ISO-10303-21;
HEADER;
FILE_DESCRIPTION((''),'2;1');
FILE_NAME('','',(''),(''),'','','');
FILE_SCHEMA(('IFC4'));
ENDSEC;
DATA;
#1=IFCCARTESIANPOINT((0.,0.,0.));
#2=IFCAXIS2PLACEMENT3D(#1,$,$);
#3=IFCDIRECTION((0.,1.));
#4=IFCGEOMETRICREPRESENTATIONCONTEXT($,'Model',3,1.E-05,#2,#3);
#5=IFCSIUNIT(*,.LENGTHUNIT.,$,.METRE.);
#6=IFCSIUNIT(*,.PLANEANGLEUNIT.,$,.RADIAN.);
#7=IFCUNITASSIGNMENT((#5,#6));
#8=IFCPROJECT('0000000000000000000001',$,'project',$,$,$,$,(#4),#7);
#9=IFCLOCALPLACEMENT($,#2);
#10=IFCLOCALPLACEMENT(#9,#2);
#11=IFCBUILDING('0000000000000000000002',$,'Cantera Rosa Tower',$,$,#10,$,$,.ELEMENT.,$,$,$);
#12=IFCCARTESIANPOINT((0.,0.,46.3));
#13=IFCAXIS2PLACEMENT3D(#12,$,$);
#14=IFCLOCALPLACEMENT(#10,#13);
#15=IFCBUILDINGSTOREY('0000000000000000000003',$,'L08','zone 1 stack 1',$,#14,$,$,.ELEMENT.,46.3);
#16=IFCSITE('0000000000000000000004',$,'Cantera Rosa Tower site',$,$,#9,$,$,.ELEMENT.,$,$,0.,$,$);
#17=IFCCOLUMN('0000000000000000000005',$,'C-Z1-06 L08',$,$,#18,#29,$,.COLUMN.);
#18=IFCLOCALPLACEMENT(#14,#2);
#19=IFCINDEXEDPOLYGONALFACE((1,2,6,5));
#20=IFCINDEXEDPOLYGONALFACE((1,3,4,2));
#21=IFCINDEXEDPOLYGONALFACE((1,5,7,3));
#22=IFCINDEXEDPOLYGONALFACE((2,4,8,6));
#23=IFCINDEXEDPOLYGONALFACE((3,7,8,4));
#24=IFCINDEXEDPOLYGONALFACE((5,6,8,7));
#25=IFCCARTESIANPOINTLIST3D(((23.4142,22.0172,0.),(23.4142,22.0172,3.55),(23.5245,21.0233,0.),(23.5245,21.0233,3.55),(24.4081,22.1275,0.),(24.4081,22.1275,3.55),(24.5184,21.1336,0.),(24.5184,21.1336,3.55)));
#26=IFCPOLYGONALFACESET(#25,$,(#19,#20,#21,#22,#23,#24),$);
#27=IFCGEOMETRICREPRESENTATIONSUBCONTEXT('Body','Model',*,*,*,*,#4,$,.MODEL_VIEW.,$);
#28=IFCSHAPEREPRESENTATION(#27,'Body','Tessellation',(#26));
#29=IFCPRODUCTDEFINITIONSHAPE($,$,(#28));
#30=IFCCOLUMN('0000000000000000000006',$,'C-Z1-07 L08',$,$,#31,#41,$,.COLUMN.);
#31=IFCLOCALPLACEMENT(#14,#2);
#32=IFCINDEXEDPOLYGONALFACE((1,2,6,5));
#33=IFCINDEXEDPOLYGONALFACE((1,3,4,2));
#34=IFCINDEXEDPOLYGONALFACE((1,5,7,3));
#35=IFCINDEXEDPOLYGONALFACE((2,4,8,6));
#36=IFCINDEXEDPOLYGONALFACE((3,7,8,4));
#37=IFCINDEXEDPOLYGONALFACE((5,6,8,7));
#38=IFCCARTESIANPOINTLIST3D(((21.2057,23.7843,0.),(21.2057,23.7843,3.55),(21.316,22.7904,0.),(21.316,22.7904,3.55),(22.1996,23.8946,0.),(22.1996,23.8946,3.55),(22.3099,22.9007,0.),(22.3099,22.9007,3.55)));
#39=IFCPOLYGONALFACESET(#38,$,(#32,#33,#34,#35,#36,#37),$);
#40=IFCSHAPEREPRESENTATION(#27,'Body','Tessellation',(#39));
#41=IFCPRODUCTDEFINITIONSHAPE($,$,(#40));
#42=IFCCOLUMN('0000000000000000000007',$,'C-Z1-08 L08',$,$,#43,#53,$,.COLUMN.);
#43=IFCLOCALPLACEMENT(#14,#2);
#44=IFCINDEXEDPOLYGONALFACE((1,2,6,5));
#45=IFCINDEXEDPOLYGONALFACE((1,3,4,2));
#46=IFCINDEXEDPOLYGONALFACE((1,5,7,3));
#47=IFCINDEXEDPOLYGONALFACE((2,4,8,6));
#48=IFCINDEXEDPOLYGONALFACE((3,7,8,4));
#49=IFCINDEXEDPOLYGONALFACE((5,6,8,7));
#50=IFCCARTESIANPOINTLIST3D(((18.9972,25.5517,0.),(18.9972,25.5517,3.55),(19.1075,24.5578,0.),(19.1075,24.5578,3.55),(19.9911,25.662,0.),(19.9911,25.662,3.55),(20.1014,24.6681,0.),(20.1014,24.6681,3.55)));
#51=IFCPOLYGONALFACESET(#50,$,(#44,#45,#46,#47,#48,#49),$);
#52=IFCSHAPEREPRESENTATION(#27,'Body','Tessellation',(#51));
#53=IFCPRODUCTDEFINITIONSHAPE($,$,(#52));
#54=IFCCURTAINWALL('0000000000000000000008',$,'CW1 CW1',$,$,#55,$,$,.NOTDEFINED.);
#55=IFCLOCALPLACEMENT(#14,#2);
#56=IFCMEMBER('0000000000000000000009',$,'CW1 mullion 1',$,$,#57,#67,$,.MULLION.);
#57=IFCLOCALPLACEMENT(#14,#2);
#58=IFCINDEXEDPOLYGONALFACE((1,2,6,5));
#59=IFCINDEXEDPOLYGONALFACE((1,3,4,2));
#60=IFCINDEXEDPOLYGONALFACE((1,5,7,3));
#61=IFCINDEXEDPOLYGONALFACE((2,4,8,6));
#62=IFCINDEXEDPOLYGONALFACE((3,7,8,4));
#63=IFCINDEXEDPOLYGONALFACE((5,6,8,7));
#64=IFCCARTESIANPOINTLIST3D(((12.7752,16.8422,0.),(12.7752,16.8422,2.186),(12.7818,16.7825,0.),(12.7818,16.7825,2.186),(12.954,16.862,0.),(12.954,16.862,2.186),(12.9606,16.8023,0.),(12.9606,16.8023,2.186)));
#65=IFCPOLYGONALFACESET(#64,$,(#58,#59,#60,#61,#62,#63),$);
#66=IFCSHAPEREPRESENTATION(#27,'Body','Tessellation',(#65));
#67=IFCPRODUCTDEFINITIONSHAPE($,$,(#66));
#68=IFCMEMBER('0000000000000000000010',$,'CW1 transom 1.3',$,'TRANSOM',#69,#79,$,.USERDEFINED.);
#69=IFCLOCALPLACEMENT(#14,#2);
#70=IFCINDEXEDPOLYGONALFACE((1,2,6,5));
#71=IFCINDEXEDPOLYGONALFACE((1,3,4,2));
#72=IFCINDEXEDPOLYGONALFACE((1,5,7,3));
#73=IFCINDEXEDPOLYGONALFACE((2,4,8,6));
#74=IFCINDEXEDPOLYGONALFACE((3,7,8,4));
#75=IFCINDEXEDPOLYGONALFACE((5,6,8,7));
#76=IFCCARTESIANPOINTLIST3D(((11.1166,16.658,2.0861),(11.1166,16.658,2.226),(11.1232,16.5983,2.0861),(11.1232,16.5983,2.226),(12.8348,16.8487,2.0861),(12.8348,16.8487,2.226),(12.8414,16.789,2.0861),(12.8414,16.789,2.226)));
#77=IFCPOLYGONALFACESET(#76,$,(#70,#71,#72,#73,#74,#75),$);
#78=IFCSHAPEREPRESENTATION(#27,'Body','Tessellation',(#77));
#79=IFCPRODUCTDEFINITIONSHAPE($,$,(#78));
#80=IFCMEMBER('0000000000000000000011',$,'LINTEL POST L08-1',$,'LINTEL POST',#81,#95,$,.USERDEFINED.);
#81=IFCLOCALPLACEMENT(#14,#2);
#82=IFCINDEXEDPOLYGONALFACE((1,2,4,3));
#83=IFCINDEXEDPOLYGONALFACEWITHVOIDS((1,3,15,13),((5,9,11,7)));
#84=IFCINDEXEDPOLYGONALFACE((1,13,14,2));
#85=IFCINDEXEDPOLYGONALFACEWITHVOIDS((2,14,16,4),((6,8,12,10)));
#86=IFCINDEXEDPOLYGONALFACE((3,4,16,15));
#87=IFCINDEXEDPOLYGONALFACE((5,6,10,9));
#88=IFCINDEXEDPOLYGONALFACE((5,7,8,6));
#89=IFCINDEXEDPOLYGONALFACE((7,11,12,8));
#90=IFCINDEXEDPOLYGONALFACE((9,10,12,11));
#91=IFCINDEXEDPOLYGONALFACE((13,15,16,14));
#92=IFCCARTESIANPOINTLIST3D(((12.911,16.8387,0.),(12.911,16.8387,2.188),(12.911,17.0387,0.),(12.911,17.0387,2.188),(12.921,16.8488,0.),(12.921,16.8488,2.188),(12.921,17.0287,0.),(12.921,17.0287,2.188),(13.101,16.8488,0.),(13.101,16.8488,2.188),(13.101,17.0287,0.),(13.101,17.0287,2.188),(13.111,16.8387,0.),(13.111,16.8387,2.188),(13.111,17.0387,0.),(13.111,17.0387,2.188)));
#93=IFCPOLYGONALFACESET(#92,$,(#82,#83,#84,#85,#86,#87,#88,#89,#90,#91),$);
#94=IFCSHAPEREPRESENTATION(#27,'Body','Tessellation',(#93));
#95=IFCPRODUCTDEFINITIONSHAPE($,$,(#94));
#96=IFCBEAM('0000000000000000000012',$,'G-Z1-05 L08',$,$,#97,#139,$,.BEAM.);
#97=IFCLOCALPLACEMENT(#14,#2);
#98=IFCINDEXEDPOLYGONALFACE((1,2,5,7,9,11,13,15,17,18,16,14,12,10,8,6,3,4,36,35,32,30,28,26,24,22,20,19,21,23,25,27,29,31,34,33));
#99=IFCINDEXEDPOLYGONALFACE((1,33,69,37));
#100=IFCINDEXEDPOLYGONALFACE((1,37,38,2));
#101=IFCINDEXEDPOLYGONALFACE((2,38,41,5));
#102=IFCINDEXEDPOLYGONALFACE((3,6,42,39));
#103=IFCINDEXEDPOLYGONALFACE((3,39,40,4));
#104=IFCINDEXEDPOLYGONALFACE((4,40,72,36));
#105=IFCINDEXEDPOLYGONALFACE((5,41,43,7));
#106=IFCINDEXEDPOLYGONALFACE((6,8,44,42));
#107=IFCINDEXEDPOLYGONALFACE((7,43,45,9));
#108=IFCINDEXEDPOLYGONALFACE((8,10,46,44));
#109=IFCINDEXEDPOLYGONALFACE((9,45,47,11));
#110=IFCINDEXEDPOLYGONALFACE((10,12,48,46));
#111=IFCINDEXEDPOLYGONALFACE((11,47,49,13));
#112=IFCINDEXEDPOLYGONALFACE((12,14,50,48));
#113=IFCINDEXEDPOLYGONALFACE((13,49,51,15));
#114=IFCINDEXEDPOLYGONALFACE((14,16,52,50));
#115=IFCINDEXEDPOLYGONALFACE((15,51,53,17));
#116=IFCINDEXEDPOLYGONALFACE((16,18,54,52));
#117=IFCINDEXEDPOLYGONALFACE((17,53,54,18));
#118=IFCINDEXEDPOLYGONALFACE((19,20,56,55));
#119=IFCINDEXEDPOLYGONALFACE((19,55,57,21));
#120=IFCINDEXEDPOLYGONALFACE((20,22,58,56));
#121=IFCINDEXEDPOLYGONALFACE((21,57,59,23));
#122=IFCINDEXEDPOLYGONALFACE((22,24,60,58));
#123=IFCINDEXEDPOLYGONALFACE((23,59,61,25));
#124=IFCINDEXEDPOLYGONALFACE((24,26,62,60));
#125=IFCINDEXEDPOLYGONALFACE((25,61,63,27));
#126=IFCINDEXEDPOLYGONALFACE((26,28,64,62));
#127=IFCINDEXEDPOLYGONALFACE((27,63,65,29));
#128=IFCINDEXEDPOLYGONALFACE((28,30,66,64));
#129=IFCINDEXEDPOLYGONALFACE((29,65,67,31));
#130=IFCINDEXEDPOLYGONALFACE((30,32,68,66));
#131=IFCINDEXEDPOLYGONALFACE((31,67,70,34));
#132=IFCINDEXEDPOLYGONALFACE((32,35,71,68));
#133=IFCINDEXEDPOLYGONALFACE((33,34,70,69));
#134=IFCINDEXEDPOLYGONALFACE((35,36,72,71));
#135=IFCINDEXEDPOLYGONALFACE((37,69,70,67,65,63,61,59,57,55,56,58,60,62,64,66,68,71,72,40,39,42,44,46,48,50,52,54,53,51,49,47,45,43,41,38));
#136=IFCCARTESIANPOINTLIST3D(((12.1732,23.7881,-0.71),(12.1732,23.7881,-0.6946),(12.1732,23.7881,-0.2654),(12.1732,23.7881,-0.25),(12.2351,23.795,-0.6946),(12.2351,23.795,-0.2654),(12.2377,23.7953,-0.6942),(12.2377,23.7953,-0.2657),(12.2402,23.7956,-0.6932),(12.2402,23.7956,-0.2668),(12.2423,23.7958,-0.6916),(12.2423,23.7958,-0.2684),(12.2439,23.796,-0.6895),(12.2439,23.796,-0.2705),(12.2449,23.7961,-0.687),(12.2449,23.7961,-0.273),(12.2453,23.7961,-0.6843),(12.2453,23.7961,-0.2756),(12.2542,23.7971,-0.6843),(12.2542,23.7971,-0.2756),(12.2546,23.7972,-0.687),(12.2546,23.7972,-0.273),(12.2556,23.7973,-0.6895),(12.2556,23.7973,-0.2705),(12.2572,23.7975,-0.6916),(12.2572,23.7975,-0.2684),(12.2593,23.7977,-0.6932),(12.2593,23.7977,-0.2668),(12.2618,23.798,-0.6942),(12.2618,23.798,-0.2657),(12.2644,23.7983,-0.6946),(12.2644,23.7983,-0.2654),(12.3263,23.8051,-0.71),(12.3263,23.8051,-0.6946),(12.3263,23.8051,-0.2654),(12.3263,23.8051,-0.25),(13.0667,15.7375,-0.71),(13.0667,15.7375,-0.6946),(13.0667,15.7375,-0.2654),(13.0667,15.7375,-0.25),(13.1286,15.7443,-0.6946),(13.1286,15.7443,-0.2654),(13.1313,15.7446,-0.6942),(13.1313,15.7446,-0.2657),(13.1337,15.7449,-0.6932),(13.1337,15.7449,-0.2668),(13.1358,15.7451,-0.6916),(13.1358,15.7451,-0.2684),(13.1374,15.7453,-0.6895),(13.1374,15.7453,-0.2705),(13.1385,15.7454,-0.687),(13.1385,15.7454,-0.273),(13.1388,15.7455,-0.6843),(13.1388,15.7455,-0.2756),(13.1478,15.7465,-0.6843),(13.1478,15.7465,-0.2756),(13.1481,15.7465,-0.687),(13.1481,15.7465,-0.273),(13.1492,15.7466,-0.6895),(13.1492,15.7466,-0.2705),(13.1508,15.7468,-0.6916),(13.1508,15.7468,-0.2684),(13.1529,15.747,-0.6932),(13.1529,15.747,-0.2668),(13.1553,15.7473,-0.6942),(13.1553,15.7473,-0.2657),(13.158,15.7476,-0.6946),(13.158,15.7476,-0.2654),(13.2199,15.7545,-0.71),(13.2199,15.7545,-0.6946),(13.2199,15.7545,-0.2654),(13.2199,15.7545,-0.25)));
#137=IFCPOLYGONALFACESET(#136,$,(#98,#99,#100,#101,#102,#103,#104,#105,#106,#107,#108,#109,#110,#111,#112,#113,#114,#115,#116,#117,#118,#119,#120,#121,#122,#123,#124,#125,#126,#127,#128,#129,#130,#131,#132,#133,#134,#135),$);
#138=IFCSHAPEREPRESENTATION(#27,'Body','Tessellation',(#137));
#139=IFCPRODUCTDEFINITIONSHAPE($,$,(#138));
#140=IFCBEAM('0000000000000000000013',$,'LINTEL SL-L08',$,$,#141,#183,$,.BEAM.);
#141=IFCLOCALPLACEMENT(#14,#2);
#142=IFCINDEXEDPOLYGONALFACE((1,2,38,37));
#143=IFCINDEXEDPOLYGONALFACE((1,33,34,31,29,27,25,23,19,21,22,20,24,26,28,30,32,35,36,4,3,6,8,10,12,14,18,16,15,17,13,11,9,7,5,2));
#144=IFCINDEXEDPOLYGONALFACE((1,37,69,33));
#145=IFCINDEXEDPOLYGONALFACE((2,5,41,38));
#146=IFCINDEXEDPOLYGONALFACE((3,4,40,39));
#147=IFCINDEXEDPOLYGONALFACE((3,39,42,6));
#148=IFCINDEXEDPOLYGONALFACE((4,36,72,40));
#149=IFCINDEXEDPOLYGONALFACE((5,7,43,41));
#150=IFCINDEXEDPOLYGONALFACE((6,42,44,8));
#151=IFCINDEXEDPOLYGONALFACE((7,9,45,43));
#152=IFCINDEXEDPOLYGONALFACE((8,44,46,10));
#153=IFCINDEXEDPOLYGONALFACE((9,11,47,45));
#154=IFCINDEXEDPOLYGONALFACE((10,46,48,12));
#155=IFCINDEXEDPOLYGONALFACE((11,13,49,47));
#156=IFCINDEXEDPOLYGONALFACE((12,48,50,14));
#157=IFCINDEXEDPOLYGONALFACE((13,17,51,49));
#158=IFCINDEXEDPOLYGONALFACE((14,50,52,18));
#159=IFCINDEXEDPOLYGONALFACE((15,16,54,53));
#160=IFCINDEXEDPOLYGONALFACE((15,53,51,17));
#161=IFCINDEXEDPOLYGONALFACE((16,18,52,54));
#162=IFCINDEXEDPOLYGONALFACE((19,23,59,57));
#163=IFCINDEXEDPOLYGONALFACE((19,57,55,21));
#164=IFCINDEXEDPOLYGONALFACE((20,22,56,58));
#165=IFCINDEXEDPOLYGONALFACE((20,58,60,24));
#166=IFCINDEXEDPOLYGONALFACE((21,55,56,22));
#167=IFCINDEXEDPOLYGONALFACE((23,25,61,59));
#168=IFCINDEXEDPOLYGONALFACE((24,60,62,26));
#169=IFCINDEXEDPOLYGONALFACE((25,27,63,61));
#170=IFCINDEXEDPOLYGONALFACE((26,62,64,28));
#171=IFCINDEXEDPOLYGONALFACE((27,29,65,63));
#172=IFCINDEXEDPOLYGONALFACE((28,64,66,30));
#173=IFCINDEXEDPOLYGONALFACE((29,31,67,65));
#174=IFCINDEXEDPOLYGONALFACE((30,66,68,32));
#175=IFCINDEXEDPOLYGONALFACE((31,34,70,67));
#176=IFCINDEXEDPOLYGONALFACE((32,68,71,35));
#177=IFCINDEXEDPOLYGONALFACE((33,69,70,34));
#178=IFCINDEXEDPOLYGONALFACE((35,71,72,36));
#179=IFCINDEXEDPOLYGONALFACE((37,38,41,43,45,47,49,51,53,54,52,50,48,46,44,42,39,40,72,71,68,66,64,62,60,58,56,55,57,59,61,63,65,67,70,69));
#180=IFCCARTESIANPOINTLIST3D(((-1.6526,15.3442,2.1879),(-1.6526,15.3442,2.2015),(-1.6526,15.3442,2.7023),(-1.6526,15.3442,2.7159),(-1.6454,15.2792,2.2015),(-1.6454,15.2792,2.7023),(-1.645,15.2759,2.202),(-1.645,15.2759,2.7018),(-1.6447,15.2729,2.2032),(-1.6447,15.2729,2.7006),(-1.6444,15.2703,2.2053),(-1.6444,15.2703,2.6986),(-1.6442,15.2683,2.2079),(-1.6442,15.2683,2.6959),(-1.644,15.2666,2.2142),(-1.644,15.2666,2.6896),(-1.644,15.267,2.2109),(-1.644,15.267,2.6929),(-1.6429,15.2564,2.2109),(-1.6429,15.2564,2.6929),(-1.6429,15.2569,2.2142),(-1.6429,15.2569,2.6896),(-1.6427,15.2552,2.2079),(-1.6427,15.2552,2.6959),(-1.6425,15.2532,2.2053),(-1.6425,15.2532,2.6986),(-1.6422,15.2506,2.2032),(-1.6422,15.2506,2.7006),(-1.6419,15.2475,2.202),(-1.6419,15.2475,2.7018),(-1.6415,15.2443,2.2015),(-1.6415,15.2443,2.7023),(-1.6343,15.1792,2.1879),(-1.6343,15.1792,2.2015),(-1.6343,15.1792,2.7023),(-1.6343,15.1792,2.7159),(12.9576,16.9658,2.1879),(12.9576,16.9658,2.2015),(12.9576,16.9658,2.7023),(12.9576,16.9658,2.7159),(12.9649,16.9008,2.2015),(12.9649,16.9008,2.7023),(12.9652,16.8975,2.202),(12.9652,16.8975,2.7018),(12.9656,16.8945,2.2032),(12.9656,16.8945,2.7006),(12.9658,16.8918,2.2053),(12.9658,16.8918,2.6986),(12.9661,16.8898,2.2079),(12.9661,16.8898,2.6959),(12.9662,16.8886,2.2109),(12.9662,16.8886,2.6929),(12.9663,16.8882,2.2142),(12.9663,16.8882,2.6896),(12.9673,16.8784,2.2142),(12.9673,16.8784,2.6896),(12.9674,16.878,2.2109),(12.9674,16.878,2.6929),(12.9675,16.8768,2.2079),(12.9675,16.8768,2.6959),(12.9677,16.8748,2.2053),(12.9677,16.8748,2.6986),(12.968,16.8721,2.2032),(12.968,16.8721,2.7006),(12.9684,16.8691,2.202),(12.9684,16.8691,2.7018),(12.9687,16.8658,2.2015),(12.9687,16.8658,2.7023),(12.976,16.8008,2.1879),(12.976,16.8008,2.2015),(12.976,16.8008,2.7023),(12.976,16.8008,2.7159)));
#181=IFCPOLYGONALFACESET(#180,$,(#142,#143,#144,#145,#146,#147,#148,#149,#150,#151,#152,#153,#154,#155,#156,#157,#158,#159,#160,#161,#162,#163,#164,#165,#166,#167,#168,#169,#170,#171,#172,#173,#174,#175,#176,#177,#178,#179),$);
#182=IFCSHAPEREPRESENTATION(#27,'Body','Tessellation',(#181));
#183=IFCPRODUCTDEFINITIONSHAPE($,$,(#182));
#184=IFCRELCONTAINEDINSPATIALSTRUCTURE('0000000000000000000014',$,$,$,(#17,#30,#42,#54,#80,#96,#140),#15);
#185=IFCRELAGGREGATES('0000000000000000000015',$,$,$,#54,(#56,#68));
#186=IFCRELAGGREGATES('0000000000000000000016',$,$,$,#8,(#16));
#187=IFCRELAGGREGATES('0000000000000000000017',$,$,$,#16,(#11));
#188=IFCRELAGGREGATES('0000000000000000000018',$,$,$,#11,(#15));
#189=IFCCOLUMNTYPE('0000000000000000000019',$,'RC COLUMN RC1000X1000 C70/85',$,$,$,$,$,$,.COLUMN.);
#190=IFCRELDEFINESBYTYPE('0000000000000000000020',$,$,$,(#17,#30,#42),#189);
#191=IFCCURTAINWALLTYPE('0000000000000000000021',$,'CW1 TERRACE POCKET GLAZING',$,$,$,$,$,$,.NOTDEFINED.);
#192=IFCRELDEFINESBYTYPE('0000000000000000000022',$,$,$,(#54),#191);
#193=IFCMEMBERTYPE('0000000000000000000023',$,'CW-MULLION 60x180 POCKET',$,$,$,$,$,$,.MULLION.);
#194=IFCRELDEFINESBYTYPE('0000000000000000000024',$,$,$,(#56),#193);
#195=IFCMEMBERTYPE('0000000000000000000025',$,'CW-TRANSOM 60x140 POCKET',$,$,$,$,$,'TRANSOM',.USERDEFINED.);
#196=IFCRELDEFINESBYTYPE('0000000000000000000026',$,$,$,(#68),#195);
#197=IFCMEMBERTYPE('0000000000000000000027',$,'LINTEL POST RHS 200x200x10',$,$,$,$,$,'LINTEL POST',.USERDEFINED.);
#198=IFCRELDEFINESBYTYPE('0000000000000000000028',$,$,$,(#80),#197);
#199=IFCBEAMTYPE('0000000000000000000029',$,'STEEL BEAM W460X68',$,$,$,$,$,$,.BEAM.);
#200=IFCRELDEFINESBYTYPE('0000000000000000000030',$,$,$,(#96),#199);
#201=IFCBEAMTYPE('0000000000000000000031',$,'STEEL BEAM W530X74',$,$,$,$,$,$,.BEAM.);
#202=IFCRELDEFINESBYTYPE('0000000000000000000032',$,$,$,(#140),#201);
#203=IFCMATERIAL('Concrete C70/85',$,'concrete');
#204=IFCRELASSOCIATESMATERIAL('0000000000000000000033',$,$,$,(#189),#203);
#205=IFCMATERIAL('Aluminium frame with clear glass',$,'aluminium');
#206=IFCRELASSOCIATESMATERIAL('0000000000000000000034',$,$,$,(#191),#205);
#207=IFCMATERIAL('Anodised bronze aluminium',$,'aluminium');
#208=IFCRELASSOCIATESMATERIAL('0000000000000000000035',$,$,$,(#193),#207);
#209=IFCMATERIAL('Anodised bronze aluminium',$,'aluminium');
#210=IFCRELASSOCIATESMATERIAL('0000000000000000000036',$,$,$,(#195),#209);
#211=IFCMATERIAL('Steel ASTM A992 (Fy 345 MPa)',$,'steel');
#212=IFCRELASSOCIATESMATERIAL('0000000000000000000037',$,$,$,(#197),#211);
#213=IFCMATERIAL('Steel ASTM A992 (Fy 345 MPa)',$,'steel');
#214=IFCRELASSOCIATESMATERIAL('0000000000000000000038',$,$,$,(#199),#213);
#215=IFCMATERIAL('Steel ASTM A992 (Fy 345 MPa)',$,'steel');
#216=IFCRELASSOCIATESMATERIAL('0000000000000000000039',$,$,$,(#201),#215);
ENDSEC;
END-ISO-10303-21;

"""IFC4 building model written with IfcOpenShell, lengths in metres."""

from ifc_helpers import new_model, si_unit, direction, frame, origin, origin_2d, place, context, subcontext, project, spatial, rectangle, hollow_rectangle, i_section, extrude, material, material_profile, profile_set, type_object, element, aggregate, save


model = new_model("IFC4")

# Units and contexts
model_context = context("Model", 3, precision=1e-05, world=origin(), true_north=direction((0.0, 1.0)))
body_context = subcontext(model_context, "Body", "Model", "MODEL_VIEW")
ifc_project = project(units=[si_unit("LENGTHUNIT", "METRE"), si_unit("PLANEANGLEUNIT", "RADIAN")], contexts=[model_context])

# Site, building, storey
site_placement = place(None, origin())
site = spatial("IfcSite", under=ifc_project, at=site_placement, Name="Cantera Rosa Tower site", CompositionType="ELEMENT", RefElevation=0.0)
building_placement = place(site_placement, origin())
building = spatial("IfcBuilding", under=site, at=building_placement, Name="Cantera Rosa Tower", CompositionType="ELEMENT")
storey_placement = place(building_placement, frame((0.0, 0.0, 46.3)))
storey = spatial("IfcBuildingStorey", under=building, at=storey_placement, Name="L08", Description="zone 1 stack 1", CompositionType="ELEMENT", Elevation=46.3)

# Columns
ifc_material_1 = material(Name="Concrete C70/85", Category="concrete")
ifc_material_profile_1 = material_profile(ifc_material_1, rectangle(XDim=1.0, YDim=1.0, at=origin_2d()), Name="RC COLUMN RC1000X1000 C70/85")
ifc_profile_set_1 = profile_set([ifc_material_profile_1], Name="Concrete C70/85")
column_type = type_object("IfcColumnType", Name="RC COLUMN RC1000X1000 C70/85", PredefinedType="COLUMN", material=ifc_profile_set_1)
for number, where, z_axis, x_axis, name in (
    (1, (23.9663, 21.5754, 0.0), (0.0, 0.0, 1.0), (0.993897, 0.110313, 0.0), "C-Z1-06 L08"),
    (2, (21.7578, 23.3425, 0.0), (0.0, 0.0, 1.0), (0.993897, 0.110313, 0.0), "C-Z1-07 L08"),
    (3, (19.5493, 25.1099, 0.0), (0.0, 0.0, 1.0), (0.993897, 0.110313, 0.0), "C-Z1-08 L08"),
):
    element("IfcColumn", number, at=place(storey_placement, frame(where, z_axis=z_axis, x_axis=x_axis)), inside=storey, type_object=column_type, Name=name, PredefinedType="COLUMN", context=body_context, shape_type="SweptSolid", body=[
        extrude(rectangle(XDim=1.0, YDim=1.0, at=origin_2d()), origin(), (0.0, 0.0, 1.0), 3.55),
    ])

# Curtain wall, members
ifc_material_2 = material(Name="Aluminium frame with clear glass", Category="aluminium")
curtain_wall_type = type_object("IfcCurtainWallType", Name="CW1 TERRACE POCKET GLAZING", PredefinedType="NOTDEFINED", material=ifc_material_2)
curtain_wall_placement = place(storey_placement, origin())
curtain_wall = element("IfcCurtainWall", 4, at=curtain_wall_placement, inside=storey, type_object=curtain_wall_type, Name="CW1 CW1", PredefinedType="NOTDEFINED")
ifc_material_3 = material(Name="Anodised bronze aluminium", Category="aluminium")
ifc_material_profile_2 = material_profile(ifc_material_3, rectangle(XDim=0.0601, YDim=0.1799, at=origin_2d()), Name="CW-MULLION 60x180 POCKET")
ifc_profile_set_2 = profile_set([ifc_material_profile_2], Name="Anodised bronze aluminium")
member_type_1 = type_object("IfcMemberType", Name="CW-MULLION 60x180 POCKET", PredefinedType="MULLION", material=ifc_profile_set_2)
member_1_placement = place(storey_placement, frame((12.8679, 16.8223, 0.0), z_axis=(0.0, 0.0, 1.0), x_axis=(0.110313, -0.993897, 0.0)))
member_1 = element("IfcMember", 5, at=member_1_placement, type_object=member_type_1, Name="CW1 mullion 1", PredefinedType="MULLION", context=body_context, shape_type="SweptSolid", body=[
    extrude(rectangle(XDim=0.0601, YDim=0.1799, at=origin_2d()), origin(), (0.0, 0.0, 1.0), 2.186),
])
ifc_material_4 = material(Name="Anodised bronze aluminium", Category="aluminium")
ifc_material_profile_3 = material_profile(ifc_material_4, rectangle(XDim=0.0601, YDim=0.1399, at=origin_2d()), Name="CW-TRANSOM 60x140 POCKET")
ifc_profile_set_3 = profile_set([ifc_material_profile_3], Name="Anodised bronze aluminium")
member_type_2 = type_object("IfcMemberType", Name="CW-TRANSOM 60x140 POCKET", ElementType="TRANSOM", PredefinedType="USERDEFINED", material=ifc_profile_set_3)
member_2_placement = place(storey_placement, frame((12.8381, 16.8188, 2.156), z_axis=(-0.993899, -0.110292, 0.0), x_axis=(0.110292, -0.993899, 0.0)))
member_2 = element("IfcMember", 6, at=member_2_placement, type_object=member_type_2, Name="CW1 transom 1.3", ObjectType="TRANSOM", PredefinedType="USERDEFINED", context=body_context, shape_type="SweptSolid", body=[
    extrude(rectangle(XDim=0.0601, YDim=0.1399, at=origin_2d()), origin(), (0.0, 0.0, 1.0), 1.7288),
])
aggregate(curtain_wall, [member_1, member_2])

# Member
ifc_material_5 = material(Name="Steel ASTM A992 (Fy 345 MPa)", Category="steel")
ifc_material_profile_4 = material_profile(ifc_material_5, hollow_rectangle(XDim=0.2, YDim=0.2, WallThickness=0.01, at=origin_2d()), Name="LINTEL POST RHS 200x200x10")
ifc_profile_set_4 = profile_set([ifc_material_profile_4], Name="Steel ASTM A992 (Fy 345 MPa)")
member_type_3 = type_object("IfcMemberType", Name="LINTEL POST RHS 200x200x10", ElementType="LINTEL POST", PredefinedType="USERDEFINED", material=ifc_profile_set_4)
member_3_placement = place(storey_placement, frame((13.011, 16.9387, 0.0), z_axis=(0.0, 0.0, 1.0), x_axis=(1.0, 0.0, 0.0)))
element("IfcMember", 7, at=member_3_placement, inside=storey, type_object=member_type_3, Name="LINTEL POST L08-1", ObjectType="LINTEL POST", PredefinedType="USERDEFINED", context=body_context, shape_type="SweptSolid", body=[
    extrude(hollow_rectangle(XDim=0.2, YDim=0.2, WallThickness=0.01, at=origin_2d()), origin(), (0.0, 0.0, 1.0), 2.188),
])

# Beams
ifc_material_6 = material(Name="Steel ASTM A992 (Fy 345 MPa)", Category="steel")
ifc_material_profile_5 = material_profile(ifc_material_6, i_section(OverallWidth=0.1541, OverallDepth=0.46, WebThickness=0.009, FlangeThickness=0.0154, FilletRadius=0.0103, at=origin_2d()), Name="W460X68")
ifc_profile_set_5 = profile_set([ifc_material_profile_5], Name="Steel ASTM A992 (Fy 345 MPa)")
beam_type_1 = type_object("IfcBeamType", Name="STEEL BEAM W460X68", PredefinedType="BEAM", material=ifc_profile_set_5)
beam_1_placement = place(storey_placement, frame((12.2498, 23.7966, -0.48), z_axis=(0.110312, -0.993897, 0.0), x_axis=(0.993897, 0.110312, 0.0)))
element("IfcBeam", 8, at=beam_1_placement, inside=storey, type_object=beam_type_1, Name="G-Z1-05 L08", PredefinedType="BEAM", context=body_context, shape_type="SweptSolid", body=[
    extrude(i_section(OverallWidth=0.1541, OverallDepth=0.46, WebThickness=0.009, FlangeThickness=0.0154, FilletRadius=0.0103, at=origin_2d()), origin(), (0.0, 0.0, 1.0), 8.1001),
])
ifc_material_7 = material(Name="Steel ASTM A992 (Fy 345 MPa)", Category="steel")
ifc_material_profile_6 = material_profile(ifc_material_7, i_section(OverallWidth=0.166, OverallDepth=0.5281, WebThickness=0.0098, FlangeThickness=0.0137, FilletRadius=0.0127, at=origin_2d()), Name="W530X74")
ifc_profile_set_6 = profile_set([ifc_material_profile_6], Name="Steel ASTM A992 (Fy 345 MPa)")
beam_type_2 = type_object("IfcBeamType", Name="STEEL BEAM W530X74", PredefinedType="BEAM", material=ifc_profile_set_6)
beam_2_placement = place(storey_placement, frame((12.9668, 16.8833, 2.4519), z_axis=(-0.993897, -0.110311, 0.0), x_axis=(0.110311, -0.993897, 0.0)))
element("IfcBeam", 9, at=beam_2_placement, inside=storey, type_object=beam_type_2, Name="LINTEL SL-L08", PredefinedType="BEAM", context=body_context, shape_type="SweptSolid", body=[
    extrude(i_section(OverallWidth=0.166, OverallDepth=0.5281, WebThickness=0.0098, FlangeThickness=0.0137, FilletRadius=0.0127, at=origin_2d()), origin(), (0.0, 0.0, 1.0), 14.7),
])

save(model, "model.ifc")
